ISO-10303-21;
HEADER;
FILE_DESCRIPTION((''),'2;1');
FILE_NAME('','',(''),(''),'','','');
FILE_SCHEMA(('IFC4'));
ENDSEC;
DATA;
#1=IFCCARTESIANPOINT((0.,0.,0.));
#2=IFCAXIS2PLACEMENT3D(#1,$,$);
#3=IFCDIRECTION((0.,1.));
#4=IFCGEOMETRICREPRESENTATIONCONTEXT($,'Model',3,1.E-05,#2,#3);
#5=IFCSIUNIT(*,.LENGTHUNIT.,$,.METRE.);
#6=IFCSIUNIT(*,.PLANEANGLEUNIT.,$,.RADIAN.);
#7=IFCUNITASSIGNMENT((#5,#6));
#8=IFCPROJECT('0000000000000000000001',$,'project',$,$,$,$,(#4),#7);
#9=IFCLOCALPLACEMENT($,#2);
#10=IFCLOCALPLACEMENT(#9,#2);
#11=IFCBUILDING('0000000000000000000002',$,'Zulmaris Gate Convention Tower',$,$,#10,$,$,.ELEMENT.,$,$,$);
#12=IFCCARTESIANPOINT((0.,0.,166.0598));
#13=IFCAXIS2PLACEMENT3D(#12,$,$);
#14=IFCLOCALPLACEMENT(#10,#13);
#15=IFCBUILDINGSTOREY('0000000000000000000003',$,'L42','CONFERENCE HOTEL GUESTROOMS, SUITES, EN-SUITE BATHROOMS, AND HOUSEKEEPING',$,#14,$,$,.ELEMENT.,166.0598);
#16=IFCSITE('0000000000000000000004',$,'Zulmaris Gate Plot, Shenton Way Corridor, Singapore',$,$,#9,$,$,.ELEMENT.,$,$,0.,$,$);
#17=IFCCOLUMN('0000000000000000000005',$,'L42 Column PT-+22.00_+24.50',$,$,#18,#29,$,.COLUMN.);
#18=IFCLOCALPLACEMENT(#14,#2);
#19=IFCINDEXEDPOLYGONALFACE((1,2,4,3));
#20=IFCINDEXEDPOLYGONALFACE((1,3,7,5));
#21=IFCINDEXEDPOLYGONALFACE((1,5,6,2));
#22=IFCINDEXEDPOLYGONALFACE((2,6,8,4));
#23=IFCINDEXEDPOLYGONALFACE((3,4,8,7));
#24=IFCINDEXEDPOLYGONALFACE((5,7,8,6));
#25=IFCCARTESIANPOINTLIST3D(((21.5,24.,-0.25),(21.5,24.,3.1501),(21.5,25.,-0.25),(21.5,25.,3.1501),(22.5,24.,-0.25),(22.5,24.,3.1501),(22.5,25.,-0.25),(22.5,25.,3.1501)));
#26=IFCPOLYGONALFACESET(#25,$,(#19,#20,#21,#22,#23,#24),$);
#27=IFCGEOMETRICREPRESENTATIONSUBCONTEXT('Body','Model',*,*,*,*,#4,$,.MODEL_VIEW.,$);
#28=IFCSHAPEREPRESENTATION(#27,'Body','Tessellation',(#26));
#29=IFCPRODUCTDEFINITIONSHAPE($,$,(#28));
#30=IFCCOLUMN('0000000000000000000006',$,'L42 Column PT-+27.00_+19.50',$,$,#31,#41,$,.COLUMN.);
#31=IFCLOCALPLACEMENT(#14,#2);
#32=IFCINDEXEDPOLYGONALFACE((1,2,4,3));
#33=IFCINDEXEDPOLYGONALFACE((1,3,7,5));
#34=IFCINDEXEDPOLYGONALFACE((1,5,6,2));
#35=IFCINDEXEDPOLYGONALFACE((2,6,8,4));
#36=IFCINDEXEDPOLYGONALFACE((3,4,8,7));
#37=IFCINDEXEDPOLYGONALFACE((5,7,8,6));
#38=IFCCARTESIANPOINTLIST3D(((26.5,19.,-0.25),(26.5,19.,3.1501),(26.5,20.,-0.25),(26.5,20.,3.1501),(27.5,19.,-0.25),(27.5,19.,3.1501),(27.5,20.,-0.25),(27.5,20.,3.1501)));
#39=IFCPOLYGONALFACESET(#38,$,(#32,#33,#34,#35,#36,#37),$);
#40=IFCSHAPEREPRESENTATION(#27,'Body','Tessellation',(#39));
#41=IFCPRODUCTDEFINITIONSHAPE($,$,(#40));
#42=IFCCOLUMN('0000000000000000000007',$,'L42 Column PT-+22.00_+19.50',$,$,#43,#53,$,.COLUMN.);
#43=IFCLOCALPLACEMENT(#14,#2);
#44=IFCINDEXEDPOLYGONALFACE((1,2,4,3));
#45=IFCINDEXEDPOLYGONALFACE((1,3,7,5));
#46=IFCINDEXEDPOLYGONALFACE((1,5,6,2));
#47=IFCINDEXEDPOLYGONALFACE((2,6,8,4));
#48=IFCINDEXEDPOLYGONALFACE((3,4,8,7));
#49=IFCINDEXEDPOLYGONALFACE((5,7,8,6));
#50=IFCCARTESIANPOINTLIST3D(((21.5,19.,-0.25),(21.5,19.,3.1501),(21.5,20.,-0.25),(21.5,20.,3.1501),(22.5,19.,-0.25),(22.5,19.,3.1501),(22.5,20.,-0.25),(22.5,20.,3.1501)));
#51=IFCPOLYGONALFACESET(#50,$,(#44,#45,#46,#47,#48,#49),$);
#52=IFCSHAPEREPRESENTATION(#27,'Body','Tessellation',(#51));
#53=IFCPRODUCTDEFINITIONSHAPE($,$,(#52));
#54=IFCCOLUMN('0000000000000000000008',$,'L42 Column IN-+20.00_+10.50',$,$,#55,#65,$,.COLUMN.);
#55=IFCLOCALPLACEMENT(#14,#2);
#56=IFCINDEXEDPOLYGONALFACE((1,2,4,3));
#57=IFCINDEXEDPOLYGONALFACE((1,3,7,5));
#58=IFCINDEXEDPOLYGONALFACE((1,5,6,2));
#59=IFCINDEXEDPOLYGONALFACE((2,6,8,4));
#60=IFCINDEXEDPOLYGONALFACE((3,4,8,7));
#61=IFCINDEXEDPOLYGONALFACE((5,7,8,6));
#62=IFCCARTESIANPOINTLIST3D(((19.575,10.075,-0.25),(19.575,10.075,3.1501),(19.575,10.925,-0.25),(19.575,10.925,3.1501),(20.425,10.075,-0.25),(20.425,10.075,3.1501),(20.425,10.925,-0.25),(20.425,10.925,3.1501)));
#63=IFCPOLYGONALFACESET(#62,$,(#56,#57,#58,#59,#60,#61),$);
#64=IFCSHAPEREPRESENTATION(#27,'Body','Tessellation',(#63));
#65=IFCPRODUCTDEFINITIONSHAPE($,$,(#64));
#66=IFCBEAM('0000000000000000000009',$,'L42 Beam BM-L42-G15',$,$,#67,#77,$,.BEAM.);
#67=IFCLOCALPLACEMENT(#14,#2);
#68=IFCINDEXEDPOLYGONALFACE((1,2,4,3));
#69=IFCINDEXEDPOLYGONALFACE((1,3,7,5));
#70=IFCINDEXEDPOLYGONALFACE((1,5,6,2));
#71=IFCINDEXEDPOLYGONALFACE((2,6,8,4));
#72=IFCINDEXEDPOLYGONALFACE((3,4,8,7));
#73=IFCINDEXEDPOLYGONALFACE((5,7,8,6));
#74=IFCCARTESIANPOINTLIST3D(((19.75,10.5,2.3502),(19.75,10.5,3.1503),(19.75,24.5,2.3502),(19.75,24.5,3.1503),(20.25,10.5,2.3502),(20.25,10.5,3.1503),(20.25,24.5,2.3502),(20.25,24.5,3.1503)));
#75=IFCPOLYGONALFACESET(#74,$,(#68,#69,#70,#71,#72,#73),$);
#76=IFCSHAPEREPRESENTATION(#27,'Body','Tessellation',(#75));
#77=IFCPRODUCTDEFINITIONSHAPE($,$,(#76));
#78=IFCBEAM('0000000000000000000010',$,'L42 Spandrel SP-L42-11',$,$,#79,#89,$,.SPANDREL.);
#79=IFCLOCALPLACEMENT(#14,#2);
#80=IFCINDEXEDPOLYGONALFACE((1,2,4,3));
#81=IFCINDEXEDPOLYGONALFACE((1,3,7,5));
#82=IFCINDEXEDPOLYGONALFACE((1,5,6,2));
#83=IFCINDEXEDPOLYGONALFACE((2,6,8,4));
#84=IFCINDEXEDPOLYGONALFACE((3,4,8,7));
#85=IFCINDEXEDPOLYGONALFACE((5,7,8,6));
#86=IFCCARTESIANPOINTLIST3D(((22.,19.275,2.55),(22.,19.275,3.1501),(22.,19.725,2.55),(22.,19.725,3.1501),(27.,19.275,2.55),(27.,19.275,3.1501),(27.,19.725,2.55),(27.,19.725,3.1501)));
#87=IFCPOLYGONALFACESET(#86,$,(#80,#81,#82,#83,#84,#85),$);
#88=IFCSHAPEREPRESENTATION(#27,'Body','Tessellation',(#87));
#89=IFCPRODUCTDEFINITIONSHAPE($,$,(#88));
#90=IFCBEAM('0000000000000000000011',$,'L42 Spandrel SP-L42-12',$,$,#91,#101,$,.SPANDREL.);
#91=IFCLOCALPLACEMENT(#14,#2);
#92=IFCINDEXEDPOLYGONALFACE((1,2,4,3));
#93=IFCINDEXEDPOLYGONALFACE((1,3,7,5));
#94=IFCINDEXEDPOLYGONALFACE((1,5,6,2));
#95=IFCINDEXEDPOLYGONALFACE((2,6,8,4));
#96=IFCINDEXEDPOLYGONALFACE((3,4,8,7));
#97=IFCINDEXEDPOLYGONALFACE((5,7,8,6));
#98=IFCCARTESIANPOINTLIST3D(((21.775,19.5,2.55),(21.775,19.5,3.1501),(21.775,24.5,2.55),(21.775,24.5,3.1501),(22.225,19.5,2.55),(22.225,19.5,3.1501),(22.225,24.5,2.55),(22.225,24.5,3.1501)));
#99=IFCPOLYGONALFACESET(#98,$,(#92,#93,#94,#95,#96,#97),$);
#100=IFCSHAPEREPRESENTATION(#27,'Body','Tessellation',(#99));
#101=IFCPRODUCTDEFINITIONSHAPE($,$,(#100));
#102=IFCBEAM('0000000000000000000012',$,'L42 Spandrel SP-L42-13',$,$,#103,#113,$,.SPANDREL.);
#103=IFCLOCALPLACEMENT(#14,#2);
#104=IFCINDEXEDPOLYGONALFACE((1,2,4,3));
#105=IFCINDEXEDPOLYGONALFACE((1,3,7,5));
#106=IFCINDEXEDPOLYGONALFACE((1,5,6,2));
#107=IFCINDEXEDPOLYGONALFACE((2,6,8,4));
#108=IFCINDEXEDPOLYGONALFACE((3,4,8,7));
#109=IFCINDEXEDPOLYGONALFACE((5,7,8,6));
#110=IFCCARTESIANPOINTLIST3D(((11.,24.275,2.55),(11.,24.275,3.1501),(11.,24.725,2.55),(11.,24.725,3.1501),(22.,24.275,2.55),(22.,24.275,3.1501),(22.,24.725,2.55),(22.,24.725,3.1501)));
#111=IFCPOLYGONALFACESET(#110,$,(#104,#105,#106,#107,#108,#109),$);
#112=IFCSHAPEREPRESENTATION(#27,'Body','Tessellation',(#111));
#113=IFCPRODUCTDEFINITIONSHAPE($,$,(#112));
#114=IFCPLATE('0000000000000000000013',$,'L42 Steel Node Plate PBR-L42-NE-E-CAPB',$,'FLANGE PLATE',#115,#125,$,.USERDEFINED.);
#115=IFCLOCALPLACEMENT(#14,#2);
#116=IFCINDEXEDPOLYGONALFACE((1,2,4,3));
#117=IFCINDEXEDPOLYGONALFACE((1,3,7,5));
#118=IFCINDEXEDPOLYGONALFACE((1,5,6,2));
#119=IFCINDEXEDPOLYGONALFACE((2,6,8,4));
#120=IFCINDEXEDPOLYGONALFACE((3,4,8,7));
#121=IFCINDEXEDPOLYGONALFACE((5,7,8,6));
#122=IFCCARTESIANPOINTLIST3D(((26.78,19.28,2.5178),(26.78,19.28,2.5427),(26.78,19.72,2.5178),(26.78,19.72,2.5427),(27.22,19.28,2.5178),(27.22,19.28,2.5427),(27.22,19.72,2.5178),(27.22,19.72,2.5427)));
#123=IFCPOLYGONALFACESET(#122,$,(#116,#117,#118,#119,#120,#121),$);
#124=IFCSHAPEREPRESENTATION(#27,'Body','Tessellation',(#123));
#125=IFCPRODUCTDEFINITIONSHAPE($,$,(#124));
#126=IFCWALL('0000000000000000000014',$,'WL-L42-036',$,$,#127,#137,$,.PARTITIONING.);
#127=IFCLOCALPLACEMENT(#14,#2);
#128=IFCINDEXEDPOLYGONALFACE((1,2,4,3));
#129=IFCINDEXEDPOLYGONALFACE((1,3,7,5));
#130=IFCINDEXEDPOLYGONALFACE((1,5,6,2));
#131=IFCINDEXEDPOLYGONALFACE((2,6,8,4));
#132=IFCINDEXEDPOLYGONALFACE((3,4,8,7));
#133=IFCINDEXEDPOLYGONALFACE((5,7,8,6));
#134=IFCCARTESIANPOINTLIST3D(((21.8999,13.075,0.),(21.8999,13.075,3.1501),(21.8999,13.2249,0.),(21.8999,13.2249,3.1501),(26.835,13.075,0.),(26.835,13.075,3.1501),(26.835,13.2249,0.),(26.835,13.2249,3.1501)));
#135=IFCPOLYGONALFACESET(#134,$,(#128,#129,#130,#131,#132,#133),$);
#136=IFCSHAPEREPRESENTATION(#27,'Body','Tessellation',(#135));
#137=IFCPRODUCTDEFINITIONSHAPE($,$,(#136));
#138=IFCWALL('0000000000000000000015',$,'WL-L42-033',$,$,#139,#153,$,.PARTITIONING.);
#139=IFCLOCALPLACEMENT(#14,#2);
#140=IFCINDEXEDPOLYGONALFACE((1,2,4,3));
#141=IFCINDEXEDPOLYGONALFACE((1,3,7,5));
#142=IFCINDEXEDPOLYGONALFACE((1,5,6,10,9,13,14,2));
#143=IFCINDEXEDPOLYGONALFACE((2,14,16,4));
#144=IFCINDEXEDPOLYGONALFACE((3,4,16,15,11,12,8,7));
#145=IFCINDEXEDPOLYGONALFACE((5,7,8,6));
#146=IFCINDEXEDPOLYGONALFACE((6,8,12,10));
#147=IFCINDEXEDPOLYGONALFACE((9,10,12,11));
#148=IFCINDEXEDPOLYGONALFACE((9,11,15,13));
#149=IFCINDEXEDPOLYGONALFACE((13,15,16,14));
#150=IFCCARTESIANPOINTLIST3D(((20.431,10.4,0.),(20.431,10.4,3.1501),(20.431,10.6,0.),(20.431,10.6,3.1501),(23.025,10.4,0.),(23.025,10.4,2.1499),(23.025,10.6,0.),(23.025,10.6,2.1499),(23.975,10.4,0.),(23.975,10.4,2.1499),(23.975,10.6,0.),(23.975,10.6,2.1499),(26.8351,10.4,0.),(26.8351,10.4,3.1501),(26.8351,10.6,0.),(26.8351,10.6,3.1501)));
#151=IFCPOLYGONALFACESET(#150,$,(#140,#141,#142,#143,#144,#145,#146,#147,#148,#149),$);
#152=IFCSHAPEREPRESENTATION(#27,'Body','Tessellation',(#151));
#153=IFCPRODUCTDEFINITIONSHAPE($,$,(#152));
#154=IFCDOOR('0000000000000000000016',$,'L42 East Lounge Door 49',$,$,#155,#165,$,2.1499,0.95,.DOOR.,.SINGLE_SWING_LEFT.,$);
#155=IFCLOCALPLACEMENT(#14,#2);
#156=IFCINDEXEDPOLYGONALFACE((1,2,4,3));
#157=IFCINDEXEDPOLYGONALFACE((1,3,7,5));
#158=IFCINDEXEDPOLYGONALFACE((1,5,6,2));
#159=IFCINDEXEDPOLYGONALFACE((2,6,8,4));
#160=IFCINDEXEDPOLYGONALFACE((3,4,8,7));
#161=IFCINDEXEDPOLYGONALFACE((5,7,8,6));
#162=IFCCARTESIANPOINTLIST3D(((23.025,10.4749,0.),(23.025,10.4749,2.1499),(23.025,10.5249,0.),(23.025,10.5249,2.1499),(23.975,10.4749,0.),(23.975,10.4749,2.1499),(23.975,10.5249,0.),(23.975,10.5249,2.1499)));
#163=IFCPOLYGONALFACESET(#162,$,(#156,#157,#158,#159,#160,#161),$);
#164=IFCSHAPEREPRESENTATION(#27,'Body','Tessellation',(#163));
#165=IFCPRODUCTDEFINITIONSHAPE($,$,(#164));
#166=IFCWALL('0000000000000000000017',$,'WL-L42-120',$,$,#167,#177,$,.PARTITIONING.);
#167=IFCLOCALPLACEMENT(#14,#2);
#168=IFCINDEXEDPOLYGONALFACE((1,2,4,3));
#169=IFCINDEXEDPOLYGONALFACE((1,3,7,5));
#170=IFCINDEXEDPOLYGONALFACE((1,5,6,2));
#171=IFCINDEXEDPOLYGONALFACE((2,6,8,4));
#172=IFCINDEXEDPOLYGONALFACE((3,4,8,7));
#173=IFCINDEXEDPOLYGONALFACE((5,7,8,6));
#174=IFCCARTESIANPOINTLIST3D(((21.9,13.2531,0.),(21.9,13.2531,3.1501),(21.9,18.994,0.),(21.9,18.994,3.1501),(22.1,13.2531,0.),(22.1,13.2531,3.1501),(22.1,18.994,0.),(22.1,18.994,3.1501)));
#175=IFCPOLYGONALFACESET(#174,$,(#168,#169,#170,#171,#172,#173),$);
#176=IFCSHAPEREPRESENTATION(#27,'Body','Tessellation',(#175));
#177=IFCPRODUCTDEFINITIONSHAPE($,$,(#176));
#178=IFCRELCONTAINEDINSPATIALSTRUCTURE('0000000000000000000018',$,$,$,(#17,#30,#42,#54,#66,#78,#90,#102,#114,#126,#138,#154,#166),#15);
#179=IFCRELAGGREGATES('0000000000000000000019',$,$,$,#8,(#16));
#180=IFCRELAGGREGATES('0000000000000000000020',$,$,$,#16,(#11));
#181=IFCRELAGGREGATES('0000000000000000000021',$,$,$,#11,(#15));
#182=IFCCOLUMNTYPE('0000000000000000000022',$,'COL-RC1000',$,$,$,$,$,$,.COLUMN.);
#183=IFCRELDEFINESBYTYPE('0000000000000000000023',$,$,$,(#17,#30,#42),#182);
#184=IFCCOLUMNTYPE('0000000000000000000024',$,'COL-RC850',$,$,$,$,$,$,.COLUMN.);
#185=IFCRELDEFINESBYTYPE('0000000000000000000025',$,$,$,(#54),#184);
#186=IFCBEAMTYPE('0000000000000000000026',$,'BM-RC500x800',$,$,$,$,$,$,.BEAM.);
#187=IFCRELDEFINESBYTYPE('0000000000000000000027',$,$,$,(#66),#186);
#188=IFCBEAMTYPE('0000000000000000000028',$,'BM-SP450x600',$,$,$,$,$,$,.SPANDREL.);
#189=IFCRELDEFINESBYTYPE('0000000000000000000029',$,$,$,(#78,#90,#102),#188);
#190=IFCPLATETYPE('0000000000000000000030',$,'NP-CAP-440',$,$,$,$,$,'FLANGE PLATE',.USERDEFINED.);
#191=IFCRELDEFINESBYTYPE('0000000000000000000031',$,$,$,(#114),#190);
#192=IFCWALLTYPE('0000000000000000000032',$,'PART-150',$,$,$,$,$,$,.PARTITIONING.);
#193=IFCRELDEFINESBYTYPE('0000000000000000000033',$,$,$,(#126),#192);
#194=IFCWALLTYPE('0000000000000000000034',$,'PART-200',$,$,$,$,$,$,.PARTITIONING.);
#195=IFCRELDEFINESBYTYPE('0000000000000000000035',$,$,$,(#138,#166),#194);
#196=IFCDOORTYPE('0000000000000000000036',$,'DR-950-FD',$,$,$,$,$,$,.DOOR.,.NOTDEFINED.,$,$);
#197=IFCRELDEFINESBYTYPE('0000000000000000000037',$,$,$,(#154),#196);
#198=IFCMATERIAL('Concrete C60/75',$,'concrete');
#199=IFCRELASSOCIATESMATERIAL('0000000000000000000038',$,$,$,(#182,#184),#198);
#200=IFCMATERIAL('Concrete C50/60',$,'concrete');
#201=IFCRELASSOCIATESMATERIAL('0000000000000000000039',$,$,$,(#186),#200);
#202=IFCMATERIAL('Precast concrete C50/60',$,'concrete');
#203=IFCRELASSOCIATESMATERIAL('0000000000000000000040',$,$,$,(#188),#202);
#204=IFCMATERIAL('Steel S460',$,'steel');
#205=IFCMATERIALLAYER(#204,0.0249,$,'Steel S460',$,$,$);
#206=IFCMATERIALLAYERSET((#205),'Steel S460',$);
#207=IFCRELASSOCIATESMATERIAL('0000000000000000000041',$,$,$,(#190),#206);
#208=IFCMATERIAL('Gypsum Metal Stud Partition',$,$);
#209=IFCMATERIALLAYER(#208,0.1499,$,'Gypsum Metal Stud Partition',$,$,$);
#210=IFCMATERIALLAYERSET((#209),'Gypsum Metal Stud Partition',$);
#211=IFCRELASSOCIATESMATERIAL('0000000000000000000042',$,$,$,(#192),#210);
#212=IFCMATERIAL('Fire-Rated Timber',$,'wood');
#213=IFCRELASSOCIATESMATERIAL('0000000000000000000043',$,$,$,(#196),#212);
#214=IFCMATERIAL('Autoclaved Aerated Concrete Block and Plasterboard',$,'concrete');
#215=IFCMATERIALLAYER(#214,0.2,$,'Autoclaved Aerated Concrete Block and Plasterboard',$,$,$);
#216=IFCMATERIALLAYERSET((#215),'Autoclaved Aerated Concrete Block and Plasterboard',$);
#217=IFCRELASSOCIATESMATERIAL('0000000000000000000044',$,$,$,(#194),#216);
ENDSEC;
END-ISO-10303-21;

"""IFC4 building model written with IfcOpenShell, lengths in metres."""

from ifc_helpers import new_model, si_unit, direction, frame, frame_2d, origin, origin_2d, place, context, subcontext, project, spatial, rectangle, extrude, material, layer, layer_set, material_profile, profile_set, type_object, element, fill, save


model = new_model("IFC4")

# Units and contexts
model_context = context("Model", 3, precision=1e-05, world=origin(), true_north=direction((0.0, 1.0)))
body_context = subcontext(model_context, "Body", "Model", "MODEL_VIEW")
ifc_project = project(units=[si_unit("LENGTHUNIT", "METRE"), si_unit("PLANEANGLEUNIT", "RADIAN")], contexts=[model_context])

# Site, building, storey
site_placement = place(None, origin())
site = spatial("IfcSite", under=ifc_project, at=site_placement, Name="Zulmaris Gate Plot, Shenton Way Corridor, Singapore", CompositionType="ELEMENT", RefElevation=0.0)
building_placement = place(site_placement, origin())
building = spatial("IfcBuilding", under=site, at=building_placement, Name="Zulmaris Gate Convention Tower", CompositionType="ELEMENT")
storey_placement = place(building_placement, frame((0.0, 0.0, 166.0598)))
storey = spatial("IfcBuildingStorey", under=building, at=storey_placement, Name="L42", Description="CONFERENCE HOTEL GUESTROOMS, SUITES, EN-SUITE BATHROOMS, AND HOUSEKEEPING", CompositionType="ELEMENT", Elevation=166.0598)

# Columns
ifc_material_1 = material(Name="Concrete C60/75", Category="concrete")
ifc_material_profile_1 = material_profile(ifc_material_1, rectangle(XDim=1.0, YDim=1.0, at=origin_2d()), Name="RC COL 1000x1000")
ifc_profile_set_1 = profile_set([ifc_material_profile_1], Name="Concrete C60/75")
column_type_1 = type_object("IfcColumnType", Name="COL-RC1000", PredefinedType="COLUMN", material=ifc_profile_set_1)
for number, where, z_axis, x_axis, name in (
    (1, (22.0, 24.5, -0.25), (0.0, 0.0, 1.0), (1.0, 0.0, 0.0), "L42 Column PT-+22.00_+24.50"),
    (2, (27.0, 19.5, -0.25), (0.0, 0.0, 1.0), (1.0, 0.0, 0.0), "L42 Column PT-+27.00_+19.50"),
    (3, (22.0, 19.5, -0.25), (0.0, 0.0, 1.0), (1.0, 0.0, 0.0), "L42 Column PT-+22.00_+19.50"),
):
    element("IfcColumn", number, at=place(storey_placement, frame(where, z_axis=z_axis, x_axis=x_axis)), inside=storey, type_object=column_type_1, Name=name, PredefinedType="COLUMN", context=body_context, shape_type="SweptSolid", body=[
        extrude(rectangle(XDim=1.0, YDim=1.0, at=origin_2d()), origin(), (0.0, 0.0, 1.0), 3.4001),
    ])
ifc_material_profile_2 = material_profile(ifc_material_1, rectangle(XDim=0.8501, YDim=0.8501, at=origin_2d()), Name="RC COL 850x850")
ifc_profile_set_2 = profile_set([ifc_material_profile_2], Name="Concrete C60/75")
column_type_2 = type_object("IfcColumnType", Name="COL-RC850", PredefinedType="COLUMN", material=ifc_profile_set_2)
column_placement = place(storey_placement, frame((20.0, 10.5, -0.25), z_axis=(0.0, 0.0, 1.0), x_axis=(1.0, 0.0, 0.0)))
element("IfcColumn", 4, at=column_placement, inside=storey, type_object=column_type_2, Name="L42 Column IN-+20.00_+10.50", PredefinedType="COLUMN", context=body_context, shape_type="SweptSolid", body=[
    extrude(rectangle(XDim=0.8501, YDim=0.8501, at=origin_2d()), origin(), (0.0, 0.0, 1.0), 3.4001),
])

# Beams
ifc_material_2 = material(Name="Concrete C50/60", Category="concrete")
ifc_material_profile_3 = material_profile(ifc_material_2, rectangle(XDim=0.5, YDim=0.8, at=origin_2d()), Name="RC BEAM 500x800")
ifc_profile_set_3 = profile_set([ifc_material_profile_3], Name="Concrete C50/60")
beam_type_1 = type_object("IfcBeamType", Name="BM-RC500x800", PredefinedType="BEAM", material=ifc_profile_set_3)
beam_1_placement = place(storey_placement, frame((20.0, 10.5, 2.7502), z_axis=(0.0, 1.0, 0.0), x_axis=(-1.0, 0.0, 0.0)))
element("IfcBeam", 5, at=beam_1_placement, inside=storey, type_object=beam_type_1, Name="L42 Beam BM-L42-G15", PredefinedType="BEAM", context=body_context, shape_type="SweptSolid", body=[
    extrude(rectangle(XDim=0.5, YDim=0.8, at=origin_2d()), origin(), (0.0, 0.0, 1.0), 14.0),
])
ifc_material_3 = material(Name="Precast concrete C50/60", Category="concrete")
ifc_material_profile_4 = material_profile(ifc_material_3, rectangle(XDim=0.45, YDim=0.6001, at=origin_2d()), Name="RC SPANDREL 450x600")
ifc_profile_set_4 = profile_set([ifc_material_profile_4], Name="Precast concrete C50/60")
beam_type_2 = type_object("IfcBeamType", Name="BM-SP450x600", PredefinedType="SPANDREL", material=ifc_profile_set_4)
for number, where, z_axis, x_axis, name in (
    (6, (27.0, 19.5, 2.8501), (-1.0, 0.0, 0.0), (0.0, -1.0, 0.0), "L42 Spandrel SP-L42-11"),
    (7, (22.0, 19.5, 2.8501), (0.0, 1.0, 0.0), (-1.0, 0.0, 0.0), "L42 Spandrel SP-L42-12"),
):
    element("IfcBeam", number, at=place(storey_placement, frame(where, z_axis=z_axis, x_axis=x_axis)), inside=storey, type_object=beam_type_2, Name=name, PredefinedType="SPANDREL", context=body_context, shape_type="SweptSolid", body=[
        extrude(rectangle(XDim=0.45, YDim=0.6001, at=origin_2d()), origin(), (0.0, 0.0, 1.0), 5.0),
    ])
beam_2_placement = place(storey_placement, frame((22.0, 24.5, 2.8501), z_axis=(-1.0, 0.0, 0.0), x_axis=(0.0, -1.0, 0.0)))
element("IfcBeam", 8, at=beam_2_placement, inside=storey, type_object=beam_type_2, Name="L42 Spandrel SP-L42-13", PredefinedType="SPANDREL", context=body_context, shape_type="SweptSolid", body=[
    extrude(rectangle(XDim=0.45, YDim=0.6001, at=origin_2d()), origin(), (0.0, 0.0, 1.0), 11.0),
])

# Plate
ifc_material_4 = material(Name="Steel S460", Category="steel")
ifc_layer_1 = layer(ifc_material_4, 0.0249, Name="Steel S460")
ifc_layer_set_1 = layer_set([ifc_layer_1], Name="Steel S460")
plate_type = type_object("IfcPlateType", Name="NP-CAP-440", ElementType="FLANGE PLATE", PredefinedType="USERDEFINED", material=ifc_layer_set_1)
plate_placement = place(storey_placement, frame((27.0, 19.5, 2.5178), z_axis=(0.0, 0.0, 1.0), x_axis=(1.0, 0.0, 0.0)))
element("IfcPlate", 9, at=plate_placement, inside=storey, type_object=plate_type, Name="L42 Steel Node Plate PBR-L42-NE-E-CAPB", ObjectType="FLANGE PLATE", PredefinedType="USERDEFINED", context=body_context, shape_type="SweptSolid", body=[
    extrude(rectangle(XDim=0.4399, YDim=0.4399, at=origin_2d()), origin(), (0.0, 0.0, 1.0), 0.0249),
])

# Wall
ifc_material_5 = material(Name="Gypsum Metal Stud Partition")
ifc_layer_2 = layer(ifc_material_5, 0.1499, Name="Gypsum Metal Stud Partition")
ifc_layer_set_2 = layer_set([ifc_layer_2], Name="Gypsum Metal Stud Partition")
wall_type_1 = type_object("IfcWallType", Name="PART-150", PredefinedType="PARTITIONING", material=ifc_layer_set_2)
wall_1_placement = place(storey_placement, frame((21.8999, 13.1499, 0.0), z_axis=(0.0, 0.0, 1.0), x_axis=(1.0, 0.0, 0.0)))
element("IfcWall", 10, at=wall_1_placement, inside=storey, type_object=wall_type_1, Name="WL-L42-036", PredefinedType="PARTITIONING", context=body_context, shape_type="SweptSolid", body=[
    extrude(rectangle(XDim=4.9351, YDim=0.1499, at=frame_2d((2.4675, 0.0))), origin(), (0.0, 0.0, 1.0), 3.1501),
])

# Wall, opening, door
ifc_material_6 = material(Name="Fire-Rated Timber", Category="wood")
door_type = type_object("IfcDoorType", Name="DR-950-FD", OperationType="NOTDEFINED", PredefinedType="DOOR", material=ifc_material_6)
ifc_material_7 = material(Name="Autoclaved Aerated Concrete Block and Plasterboard", Category="concrete")
ifc_layer_3 = layer(ifc_material_7, 0.2, Name="Autoclaved Aerated Concrete Block and Plasterboard")
ifc_layer_set_3 = layer_set([ifc_layer_3], Name="Autoclaved Aerated Concrete Block and Plasterboard")
wall_type_2 = type_object("IfcWallType", Name="PART-200", PredefinedType="PARTITIONING", material=ifc_layer_set_3)
wall_2_placement = place(storey_placement, frame((20.4309, 10.5, 0.0), z_axis=(0.0, 0.0, 1.0), x_axis=(1.0, 0.0, 0.0)))
wall_2 = element("IfcWall", 11, at=wall_2_placement, inside=storey, type_object=wall_type_2, Name="WL-L42-033", PredefinedType="PARTITIONING", context=body_context, shape_type="SweptSolid", body=[
    extrude(rectangle(XDim=6.4041, YDim=0.2, at=frame_2d((3.2021, 0.0))), origin(), (0.0, 0.0, 1.0), 3.1501),
])
opening_1_placement = place(wall_2_placement, frame((2.594, 0.0, 0.0)))
opening_1 = element("IfcOpeningElement", 12, at=opening_1_placement, cuts=wall_2, PredefinedType="OPENING", context=body_context, shape_type="SweptSolid", body=[
    extrude(rectangle(XDim=0.95, YDim=2.1499, at=frame_2d((0.4751, 1.075))), frame((0.0, 0.1099, 0.0), z_axis=(0.0, -1.0, 0.0), x_axis=(1.0, 0.0, 0.0)), (0.0, 0.0, 1.0), 0.22),
])
door_1_placement = place(opening_1_placement, origin())
door_1 = element("IfcDoor", 13, at=door_1_placement, inside=storey, type_object=door_type, Name="L42 East Lounge Door 49", OperationType="SINGLE_SWING_LEFT", OverallHeight=2.1499, OverallWidth=0.95, PredefinedType="DOOR", context=body_context, shape_type="SweptSolid", body=[
    extrude(rectangle(XDim=0.95, YDim=2.1499, at=frame_2d((0.4751, 1.075))), frame((0.0, 0.0249, 0.0), z_axis=(0.0, -1.0, 0.0), x_axis=(1.0, 0.0, 0.0)), (0.0, 0.0, 1.0), 0.05),
])
fill(opening_1, door_1)

# Wall
wall_3_placement = place(storey_placement, frame((22.0, 13.2529, 0.0), z_axis=(0.0, 0.0, 1.0), x_axis=(0.0, 1.0, 0.0)))
element("IfcWall", 14, at=wall_3_placement, inside=storey, type_object=wall_type_2, Name="WL-L42-120", PredefinedType="PARTITIONING", context=body_context, shape_type="SweptSolid", body=[
    extrude(rectangle(XDim=5.741, YDim=0.2, at=frame_2d((2.8706, 0.0))), origin(), (0.0, 0.0, 1.0), 3.1501),
])

save(model, "model.ifc")
